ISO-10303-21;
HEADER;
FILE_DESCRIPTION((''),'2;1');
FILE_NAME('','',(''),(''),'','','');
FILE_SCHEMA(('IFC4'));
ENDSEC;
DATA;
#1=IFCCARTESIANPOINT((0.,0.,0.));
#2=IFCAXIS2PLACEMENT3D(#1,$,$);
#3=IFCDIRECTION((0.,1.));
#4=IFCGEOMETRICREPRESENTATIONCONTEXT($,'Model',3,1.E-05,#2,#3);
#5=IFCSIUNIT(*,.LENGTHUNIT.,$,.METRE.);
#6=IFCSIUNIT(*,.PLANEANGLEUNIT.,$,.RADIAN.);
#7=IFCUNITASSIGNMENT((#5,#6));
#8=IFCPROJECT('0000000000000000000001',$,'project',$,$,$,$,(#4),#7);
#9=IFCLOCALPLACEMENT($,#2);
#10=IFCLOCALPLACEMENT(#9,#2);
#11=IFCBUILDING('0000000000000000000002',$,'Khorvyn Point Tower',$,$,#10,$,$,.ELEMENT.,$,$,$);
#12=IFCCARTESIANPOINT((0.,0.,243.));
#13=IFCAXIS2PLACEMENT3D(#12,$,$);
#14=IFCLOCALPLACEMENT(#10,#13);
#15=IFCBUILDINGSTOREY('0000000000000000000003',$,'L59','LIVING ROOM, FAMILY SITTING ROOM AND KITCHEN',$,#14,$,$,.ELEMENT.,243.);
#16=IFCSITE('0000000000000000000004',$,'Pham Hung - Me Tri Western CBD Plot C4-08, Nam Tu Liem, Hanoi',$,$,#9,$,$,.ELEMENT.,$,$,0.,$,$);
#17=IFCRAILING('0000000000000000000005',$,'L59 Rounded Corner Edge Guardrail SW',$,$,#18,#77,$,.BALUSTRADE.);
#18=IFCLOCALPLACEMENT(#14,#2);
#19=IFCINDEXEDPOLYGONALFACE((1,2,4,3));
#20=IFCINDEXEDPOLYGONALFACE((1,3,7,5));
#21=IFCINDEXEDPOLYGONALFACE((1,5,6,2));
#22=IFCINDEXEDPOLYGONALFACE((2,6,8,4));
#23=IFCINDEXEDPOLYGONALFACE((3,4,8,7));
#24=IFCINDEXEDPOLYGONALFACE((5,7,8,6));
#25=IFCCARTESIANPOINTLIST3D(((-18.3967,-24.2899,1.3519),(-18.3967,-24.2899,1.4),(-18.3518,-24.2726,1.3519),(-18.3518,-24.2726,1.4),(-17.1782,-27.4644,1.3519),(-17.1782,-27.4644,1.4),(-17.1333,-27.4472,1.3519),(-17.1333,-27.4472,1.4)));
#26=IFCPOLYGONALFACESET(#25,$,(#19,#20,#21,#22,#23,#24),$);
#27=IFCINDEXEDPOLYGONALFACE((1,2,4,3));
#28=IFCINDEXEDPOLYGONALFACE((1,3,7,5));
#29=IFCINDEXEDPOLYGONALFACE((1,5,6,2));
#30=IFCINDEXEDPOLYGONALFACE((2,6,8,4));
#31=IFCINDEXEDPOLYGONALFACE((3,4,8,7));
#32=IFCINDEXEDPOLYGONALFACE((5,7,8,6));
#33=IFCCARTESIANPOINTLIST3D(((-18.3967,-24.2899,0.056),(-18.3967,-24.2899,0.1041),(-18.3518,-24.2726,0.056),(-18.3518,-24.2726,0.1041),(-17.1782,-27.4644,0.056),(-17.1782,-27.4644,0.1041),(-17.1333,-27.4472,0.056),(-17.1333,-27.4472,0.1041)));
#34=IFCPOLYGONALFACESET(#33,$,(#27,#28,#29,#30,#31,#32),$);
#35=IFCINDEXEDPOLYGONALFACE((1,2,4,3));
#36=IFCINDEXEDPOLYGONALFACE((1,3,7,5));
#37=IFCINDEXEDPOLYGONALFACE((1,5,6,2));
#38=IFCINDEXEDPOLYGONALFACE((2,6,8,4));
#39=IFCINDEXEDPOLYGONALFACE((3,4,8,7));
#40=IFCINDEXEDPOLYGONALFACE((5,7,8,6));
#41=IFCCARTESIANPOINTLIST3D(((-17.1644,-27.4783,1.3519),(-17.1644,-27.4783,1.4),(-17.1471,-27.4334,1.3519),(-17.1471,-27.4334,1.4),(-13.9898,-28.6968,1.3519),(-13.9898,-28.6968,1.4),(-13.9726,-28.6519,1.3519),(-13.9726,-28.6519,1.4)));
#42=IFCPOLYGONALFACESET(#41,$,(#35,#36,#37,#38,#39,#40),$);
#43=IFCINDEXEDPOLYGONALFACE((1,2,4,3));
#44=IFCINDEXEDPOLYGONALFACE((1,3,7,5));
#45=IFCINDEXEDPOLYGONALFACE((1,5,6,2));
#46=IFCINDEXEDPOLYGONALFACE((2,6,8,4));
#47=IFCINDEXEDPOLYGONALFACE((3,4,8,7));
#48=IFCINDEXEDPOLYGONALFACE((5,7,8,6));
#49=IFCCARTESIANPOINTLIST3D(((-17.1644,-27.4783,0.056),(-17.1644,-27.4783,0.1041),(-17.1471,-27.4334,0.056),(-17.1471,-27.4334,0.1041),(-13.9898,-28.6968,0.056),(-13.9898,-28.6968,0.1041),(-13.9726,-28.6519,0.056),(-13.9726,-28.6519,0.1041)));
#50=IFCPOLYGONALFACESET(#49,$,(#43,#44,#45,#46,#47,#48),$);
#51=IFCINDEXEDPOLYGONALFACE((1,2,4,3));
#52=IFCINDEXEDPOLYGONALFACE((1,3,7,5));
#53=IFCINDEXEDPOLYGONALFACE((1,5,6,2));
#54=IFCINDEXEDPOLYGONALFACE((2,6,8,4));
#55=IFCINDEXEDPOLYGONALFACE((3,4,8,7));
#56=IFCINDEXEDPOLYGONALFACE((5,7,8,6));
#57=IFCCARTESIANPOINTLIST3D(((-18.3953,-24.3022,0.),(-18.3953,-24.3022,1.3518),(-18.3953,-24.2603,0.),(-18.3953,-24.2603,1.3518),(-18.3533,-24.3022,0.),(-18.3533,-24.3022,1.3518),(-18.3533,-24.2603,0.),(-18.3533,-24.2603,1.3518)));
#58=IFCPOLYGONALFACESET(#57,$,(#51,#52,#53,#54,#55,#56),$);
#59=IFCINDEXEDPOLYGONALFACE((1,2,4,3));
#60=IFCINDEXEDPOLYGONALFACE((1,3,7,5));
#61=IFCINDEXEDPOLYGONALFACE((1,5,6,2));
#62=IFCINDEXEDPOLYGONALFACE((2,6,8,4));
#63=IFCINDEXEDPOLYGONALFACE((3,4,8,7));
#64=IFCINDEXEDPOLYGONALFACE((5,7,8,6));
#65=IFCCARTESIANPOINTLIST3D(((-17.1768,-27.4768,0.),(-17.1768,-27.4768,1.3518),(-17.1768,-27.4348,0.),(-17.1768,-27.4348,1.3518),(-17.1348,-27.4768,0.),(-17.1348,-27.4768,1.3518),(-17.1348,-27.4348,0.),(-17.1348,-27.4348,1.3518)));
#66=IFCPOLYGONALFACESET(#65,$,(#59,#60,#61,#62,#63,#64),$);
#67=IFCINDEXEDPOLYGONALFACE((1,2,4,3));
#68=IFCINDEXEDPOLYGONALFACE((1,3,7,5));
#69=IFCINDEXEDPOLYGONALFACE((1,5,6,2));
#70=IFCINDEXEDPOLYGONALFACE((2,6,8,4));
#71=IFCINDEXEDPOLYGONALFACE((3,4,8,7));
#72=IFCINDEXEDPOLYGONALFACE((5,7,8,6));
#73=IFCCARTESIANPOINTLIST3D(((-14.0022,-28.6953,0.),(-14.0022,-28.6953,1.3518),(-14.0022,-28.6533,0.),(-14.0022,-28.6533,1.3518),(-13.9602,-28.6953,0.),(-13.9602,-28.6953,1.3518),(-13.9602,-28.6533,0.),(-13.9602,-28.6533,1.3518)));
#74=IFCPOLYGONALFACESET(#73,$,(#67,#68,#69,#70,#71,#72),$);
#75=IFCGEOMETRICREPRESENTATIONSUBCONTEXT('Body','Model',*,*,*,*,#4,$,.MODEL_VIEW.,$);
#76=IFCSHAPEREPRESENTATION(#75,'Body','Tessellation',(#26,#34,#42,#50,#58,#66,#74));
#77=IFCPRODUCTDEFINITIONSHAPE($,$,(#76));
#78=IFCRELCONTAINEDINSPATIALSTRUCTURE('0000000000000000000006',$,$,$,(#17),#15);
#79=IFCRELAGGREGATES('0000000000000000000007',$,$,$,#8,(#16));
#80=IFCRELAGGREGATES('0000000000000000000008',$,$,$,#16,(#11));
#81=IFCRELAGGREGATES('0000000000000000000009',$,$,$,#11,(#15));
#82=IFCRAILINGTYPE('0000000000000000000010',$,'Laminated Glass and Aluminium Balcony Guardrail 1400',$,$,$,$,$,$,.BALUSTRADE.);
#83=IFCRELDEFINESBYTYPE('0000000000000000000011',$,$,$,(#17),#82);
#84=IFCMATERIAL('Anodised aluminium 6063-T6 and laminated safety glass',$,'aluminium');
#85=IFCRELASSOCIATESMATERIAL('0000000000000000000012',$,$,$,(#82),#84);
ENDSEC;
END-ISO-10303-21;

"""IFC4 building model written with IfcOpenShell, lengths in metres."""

from ifc_helpers import new_model, si_unit, direction, frame, origin, origin_2d, place, context, subcontext, project, spatial, rectangle, extrude, material, type_object, element, save


model = new_model("IFC4")

# Units and contexts
model_context = context("Model", 3, precision=1e-05, world=origin(), true_north=direction((0.0, 1.0)))
body_context = subcontext(model_context, "Body", "Model", "MODEL_VIEW")
ifc_project = project(units=[si_unit("LENGTHUNIT", "METRE"), si_unit("PLANEANGLEUNIT", "RADIAN")], contexts=[model_context])

# Site, building, storey
site_placement = place(None, origin())
site = spatial("IfcSite", under=ifc_project, at=site_placement, Name="Pham Hung - Me Tri Western CBD Plot C4-08, Nam Tu Liem, Hanoi", CompositionType="ELEMENT", RefElevation=0.0)
building_placement = place(site_placement, origin())
building = spatial("IfcBuilding", under=site, at=building_placement, Name="Khorvyn Point Tower", CompositionType="ELEMENT")
storey_placement = place(building_placement, frame((0.0, 0.0, 243.0)))
storey = spatial("IfcBuildingStorey", under=building, at=storey_placement, Name="L59", Description="LIVING ROOM, FAMILY SITTING ROOM AND KITCHEN", CompositionType="ELEMENT", Elevation=243.0)

# Railing
ifc_material_1 = material(Name="Anodised aluminium 6063-T6 and laminated safety glass", Category="aluminium")
railing_type = type_object("IfcRailingType", Name="Laminated Glass and Aluminium Balcony Guardrail 1400", PredefinedType="BALUSTRADE", material=ifc_material_1)
railing_placement = place(storey_placement, frame((-18.3743, -24.2812, 0.0)))
element("IfcRailing", 1, at=railing_placement, inside=storey, type_object=railing_type, Name="L59 Rounded Corner Edge Guardrail SW", PredefinedType="BALUSTRADE", context=body_context, shape_type="SweptSolid", body=[
    extrude(rectangle(XDim=0.0481, YDim=0.0481, at=origin_2d()), frame((0.0, 0.0, 1.376), z_axis=(0.358344, -0.93359, 0.0), x_axis=(0.93359, 0.358344, 0.0)), (0.0, 0.0, 1.0), 3.4004),
    extrude(rectangle(XDim=0.0481, YDim=0.0481, at=origin_2d()), frame((0.0, 0.0, 0.0801), z_axis=(0.358344, -0.93359, 0.0), x_axis=(0.93359, 0.358344, 0.0)), (0.0, 0.0, 1.0), 3.4004),
    extrude(rectangle(XDim=0.0481, YDim=0.0481, at=origin_2d()), frame((1.2185, -3.1746, 1.376), z_axis=(0.93359, -0.358344, 0.0), x_axis=(0.358344, 0.93359, 0.0)), (0.0, 0.0, 1.0), 3.4004),
    extrude(rectangle(XDim=0.0481, YDim=0.0481, at=origin_2d()), frame((1.2185, -3.1746, 0.0801), z_axis=(0.93359, -0.358344, 0.0), x_axis=(0.358344, 0.93359, 0.0)), (0.0, 0.0, 1.0), 3.4004),
    extrude(rectangle(XDim=0.042, YDim=0.042, at=origin_2d()), origin(), (0.0, 0.0, 1.0), 1.3518),
    extrude(rectangle(XDim=0.042, YDim=0.042, at=origin_2d()), frame((1.2185, -3.1746, 0.0)), (0.0, 0.0, 1.0), 1.3518),
    extrude(rectangle(XDim=0.042, YDim=0.042, at=origin_2d()), frame((4.3931, -4.3931, 0.0)), (0.0, 0.0, 1.0), 1.3518),
])

save(model, "model.ifc")
